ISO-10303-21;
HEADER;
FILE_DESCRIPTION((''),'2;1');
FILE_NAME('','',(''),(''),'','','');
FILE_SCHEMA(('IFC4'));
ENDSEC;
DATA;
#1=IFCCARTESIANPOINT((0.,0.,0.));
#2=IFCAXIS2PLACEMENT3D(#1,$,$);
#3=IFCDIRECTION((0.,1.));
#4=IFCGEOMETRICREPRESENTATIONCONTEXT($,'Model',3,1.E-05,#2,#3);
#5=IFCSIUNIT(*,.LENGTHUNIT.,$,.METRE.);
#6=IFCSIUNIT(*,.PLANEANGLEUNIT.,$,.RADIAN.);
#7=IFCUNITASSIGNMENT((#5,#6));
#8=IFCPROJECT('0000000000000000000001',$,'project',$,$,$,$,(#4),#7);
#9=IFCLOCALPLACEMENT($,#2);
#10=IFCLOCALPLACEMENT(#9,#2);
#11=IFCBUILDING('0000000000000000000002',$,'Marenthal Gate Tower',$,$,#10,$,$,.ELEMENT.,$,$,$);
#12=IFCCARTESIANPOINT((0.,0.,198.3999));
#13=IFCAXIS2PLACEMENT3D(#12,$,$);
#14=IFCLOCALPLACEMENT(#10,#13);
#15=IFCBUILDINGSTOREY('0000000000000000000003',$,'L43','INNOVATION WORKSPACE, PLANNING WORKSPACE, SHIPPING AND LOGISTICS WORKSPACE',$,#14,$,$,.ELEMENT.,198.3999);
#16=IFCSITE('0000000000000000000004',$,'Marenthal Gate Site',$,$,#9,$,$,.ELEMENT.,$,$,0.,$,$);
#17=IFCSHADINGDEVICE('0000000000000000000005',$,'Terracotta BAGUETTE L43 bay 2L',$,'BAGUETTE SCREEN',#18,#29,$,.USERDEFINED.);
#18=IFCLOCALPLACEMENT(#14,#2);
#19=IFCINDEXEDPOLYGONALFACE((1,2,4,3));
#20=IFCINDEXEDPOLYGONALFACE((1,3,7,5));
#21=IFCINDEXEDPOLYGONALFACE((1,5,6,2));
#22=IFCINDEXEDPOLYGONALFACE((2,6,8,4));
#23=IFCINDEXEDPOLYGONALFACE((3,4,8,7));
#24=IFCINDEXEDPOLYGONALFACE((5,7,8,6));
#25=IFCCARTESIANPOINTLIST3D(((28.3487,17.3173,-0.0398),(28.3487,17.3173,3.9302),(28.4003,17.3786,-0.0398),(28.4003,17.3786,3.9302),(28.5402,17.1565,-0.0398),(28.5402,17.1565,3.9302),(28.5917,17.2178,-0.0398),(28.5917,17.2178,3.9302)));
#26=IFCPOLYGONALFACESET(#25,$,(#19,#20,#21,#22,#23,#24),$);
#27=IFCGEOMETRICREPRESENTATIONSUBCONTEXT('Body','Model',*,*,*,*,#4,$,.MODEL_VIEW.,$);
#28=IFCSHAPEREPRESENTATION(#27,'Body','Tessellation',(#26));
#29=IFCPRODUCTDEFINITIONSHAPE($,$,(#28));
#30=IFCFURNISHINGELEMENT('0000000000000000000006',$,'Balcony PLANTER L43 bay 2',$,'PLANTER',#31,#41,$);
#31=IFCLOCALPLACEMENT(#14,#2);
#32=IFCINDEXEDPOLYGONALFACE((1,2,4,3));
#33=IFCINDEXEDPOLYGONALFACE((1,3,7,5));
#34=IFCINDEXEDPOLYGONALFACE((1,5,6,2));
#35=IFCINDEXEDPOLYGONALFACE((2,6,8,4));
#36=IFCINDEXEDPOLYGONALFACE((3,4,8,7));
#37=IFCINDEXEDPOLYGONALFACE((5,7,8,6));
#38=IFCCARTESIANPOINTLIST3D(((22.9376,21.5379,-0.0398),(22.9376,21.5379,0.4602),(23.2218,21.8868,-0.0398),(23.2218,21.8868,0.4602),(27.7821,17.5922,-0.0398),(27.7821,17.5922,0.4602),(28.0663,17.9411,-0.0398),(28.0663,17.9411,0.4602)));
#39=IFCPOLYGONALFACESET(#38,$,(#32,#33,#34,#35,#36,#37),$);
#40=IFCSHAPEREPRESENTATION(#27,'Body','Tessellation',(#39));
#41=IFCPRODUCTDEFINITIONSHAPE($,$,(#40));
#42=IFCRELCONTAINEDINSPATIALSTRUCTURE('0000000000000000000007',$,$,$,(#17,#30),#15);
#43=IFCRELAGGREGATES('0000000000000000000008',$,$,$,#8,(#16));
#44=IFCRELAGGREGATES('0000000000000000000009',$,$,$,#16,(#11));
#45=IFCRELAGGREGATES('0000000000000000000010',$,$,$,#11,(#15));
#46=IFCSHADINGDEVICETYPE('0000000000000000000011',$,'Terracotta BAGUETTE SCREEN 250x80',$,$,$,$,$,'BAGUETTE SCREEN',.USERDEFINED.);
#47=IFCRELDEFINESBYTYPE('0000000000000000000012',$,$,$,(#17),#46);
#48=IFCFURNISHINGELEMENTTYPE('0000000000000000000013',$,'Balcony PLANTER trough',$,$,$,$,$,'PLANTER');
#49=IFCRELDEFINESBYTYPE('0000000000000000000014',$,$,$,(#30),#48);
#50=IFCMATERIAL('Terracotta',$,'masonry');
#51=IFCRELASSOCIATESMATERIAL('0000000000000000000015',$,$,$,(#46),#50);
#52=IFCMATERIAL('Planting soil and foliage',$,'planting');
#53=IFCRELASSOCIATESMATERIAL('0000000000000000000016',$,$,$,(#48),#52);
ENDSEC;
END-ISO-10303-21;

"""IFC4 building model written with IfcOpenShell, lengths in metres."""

from ifc_helpers import new_model, si_unit, direction, frame, origin, origin_2d, place, context, subcontext, project, spatial, rectangle, extrude, material, material_profile, profile_set, type_object, element, save


model = new_model("IFC4")

# Units and contexts
model_context = context("Model", 3, precision=1e-05, world=origin(), true_north=direction((0.0, 1.0)))
body_context = subcontext(model_context, "Body", "Model", "MODEL_VIEW")
ifc_project = project(units=[si_unit("LENGTHUNIT", "METRE"), si_unit("PLANEANGLEUNIT", "RADIAN")], contexts=[model_context])

# Site, building, storey
site_placement = place(None, origin())
site = spatial("IfcSite", under=ifc_project, at=site_placement, Name="Marenthal Gate Site", CompositionType="ELEMENT", RefElevation=0.0)
building_placement = place(site_placement, origin())
building = spatial("IfcBuilding", under=site, at=building_placement, Name="Marenthal Gate Tower", CompositionType="ELEMENT")
storey_placement = place(building_placement, frame((0.0, 0.0, 198.3999)))
storey = spatial("IfcBuildingStorey", under=building, at=storey_placement, Name="L43", Description="INNOVATION WORKSPACE, PLANNING WORKSPACE, SHIPPING AND LOGISTICS WORKSPACE", CompositionType="ELEMENT", Elevation=198.3999)

# Shading device
ifc_material_1 = material(Name="Terracotta", Category="masonry")
ifc_material_profile_1 = material_profile(ifc_material_1, rectangle(XDim=0.25, YDim=0.0801, at=origin_2d()), Name="Terracotta baguette 250x80")
ifc_profile_set_1 = profile_set([ifc_material_profile_1], Name="Terracotta")
shading_device_type = type_object("IfcShadingDeviceType", Name="Terracotta BAGUETTE SCREEN 250x80", ElementType="BAGUETTE SCREEN", PredefinedType="USERDEFINED", material=ifc_profile_set_1)
shading_device_placement = place(storey_placement, frame((28.4702, 17.2676, -0.0398), z_axis=(0.0, 0.0, 1.0), x_axis=(-0.765705, 0.643192, 0.0)))
element("IfcShadingDevice", 1, at=shading_device_placement, inside=storey, type_object=shading_device_type, Name="Terracotta BAGUETTE L43 bay 2L", ObjectType="BAGUETTE SCREEN", PredefinedType="USERDEFINED", context=body_context, shape_type="SweptSolid", body=[
    extrude(rectangle(XDim=0.25, YDim=0.0801, at=origin_2d()), origin(), (0.0, 0.0, 1.0), 3.97),
])

# Furnishing element
ifc_material_2 = material(Name="Planting soil and foliage", Category="planting")
furnishing_element_type = type_object("IfcFurnishingElementType", Name="Balcony PLANTER trough", ElementType="PLANTER", material=ifc_material_2)
furnishing_placement = place(storey_placement, frame((25.502, 19.7395, -0.0398), z_axis=(0.0, 0.0, 1.0), x_axis=(-0.77536, 0.63152, 0.0)))
element("IfcFurnishingElement", 2, at=furnishing_placement, inside=storey, type_object=furnishing_element_type, Name="Balcony PLANTER L43 bay 2", ObjectType="PLANTER", context=body_context, shape_type="SweptSolid", body=[
    extrude(rectangle(XDim=6.248, YDim=0.45, at=origin_2d()), origin(), (0.0, 0.0, 1.0), 0.5),
])

save(model, "model.ifc")
